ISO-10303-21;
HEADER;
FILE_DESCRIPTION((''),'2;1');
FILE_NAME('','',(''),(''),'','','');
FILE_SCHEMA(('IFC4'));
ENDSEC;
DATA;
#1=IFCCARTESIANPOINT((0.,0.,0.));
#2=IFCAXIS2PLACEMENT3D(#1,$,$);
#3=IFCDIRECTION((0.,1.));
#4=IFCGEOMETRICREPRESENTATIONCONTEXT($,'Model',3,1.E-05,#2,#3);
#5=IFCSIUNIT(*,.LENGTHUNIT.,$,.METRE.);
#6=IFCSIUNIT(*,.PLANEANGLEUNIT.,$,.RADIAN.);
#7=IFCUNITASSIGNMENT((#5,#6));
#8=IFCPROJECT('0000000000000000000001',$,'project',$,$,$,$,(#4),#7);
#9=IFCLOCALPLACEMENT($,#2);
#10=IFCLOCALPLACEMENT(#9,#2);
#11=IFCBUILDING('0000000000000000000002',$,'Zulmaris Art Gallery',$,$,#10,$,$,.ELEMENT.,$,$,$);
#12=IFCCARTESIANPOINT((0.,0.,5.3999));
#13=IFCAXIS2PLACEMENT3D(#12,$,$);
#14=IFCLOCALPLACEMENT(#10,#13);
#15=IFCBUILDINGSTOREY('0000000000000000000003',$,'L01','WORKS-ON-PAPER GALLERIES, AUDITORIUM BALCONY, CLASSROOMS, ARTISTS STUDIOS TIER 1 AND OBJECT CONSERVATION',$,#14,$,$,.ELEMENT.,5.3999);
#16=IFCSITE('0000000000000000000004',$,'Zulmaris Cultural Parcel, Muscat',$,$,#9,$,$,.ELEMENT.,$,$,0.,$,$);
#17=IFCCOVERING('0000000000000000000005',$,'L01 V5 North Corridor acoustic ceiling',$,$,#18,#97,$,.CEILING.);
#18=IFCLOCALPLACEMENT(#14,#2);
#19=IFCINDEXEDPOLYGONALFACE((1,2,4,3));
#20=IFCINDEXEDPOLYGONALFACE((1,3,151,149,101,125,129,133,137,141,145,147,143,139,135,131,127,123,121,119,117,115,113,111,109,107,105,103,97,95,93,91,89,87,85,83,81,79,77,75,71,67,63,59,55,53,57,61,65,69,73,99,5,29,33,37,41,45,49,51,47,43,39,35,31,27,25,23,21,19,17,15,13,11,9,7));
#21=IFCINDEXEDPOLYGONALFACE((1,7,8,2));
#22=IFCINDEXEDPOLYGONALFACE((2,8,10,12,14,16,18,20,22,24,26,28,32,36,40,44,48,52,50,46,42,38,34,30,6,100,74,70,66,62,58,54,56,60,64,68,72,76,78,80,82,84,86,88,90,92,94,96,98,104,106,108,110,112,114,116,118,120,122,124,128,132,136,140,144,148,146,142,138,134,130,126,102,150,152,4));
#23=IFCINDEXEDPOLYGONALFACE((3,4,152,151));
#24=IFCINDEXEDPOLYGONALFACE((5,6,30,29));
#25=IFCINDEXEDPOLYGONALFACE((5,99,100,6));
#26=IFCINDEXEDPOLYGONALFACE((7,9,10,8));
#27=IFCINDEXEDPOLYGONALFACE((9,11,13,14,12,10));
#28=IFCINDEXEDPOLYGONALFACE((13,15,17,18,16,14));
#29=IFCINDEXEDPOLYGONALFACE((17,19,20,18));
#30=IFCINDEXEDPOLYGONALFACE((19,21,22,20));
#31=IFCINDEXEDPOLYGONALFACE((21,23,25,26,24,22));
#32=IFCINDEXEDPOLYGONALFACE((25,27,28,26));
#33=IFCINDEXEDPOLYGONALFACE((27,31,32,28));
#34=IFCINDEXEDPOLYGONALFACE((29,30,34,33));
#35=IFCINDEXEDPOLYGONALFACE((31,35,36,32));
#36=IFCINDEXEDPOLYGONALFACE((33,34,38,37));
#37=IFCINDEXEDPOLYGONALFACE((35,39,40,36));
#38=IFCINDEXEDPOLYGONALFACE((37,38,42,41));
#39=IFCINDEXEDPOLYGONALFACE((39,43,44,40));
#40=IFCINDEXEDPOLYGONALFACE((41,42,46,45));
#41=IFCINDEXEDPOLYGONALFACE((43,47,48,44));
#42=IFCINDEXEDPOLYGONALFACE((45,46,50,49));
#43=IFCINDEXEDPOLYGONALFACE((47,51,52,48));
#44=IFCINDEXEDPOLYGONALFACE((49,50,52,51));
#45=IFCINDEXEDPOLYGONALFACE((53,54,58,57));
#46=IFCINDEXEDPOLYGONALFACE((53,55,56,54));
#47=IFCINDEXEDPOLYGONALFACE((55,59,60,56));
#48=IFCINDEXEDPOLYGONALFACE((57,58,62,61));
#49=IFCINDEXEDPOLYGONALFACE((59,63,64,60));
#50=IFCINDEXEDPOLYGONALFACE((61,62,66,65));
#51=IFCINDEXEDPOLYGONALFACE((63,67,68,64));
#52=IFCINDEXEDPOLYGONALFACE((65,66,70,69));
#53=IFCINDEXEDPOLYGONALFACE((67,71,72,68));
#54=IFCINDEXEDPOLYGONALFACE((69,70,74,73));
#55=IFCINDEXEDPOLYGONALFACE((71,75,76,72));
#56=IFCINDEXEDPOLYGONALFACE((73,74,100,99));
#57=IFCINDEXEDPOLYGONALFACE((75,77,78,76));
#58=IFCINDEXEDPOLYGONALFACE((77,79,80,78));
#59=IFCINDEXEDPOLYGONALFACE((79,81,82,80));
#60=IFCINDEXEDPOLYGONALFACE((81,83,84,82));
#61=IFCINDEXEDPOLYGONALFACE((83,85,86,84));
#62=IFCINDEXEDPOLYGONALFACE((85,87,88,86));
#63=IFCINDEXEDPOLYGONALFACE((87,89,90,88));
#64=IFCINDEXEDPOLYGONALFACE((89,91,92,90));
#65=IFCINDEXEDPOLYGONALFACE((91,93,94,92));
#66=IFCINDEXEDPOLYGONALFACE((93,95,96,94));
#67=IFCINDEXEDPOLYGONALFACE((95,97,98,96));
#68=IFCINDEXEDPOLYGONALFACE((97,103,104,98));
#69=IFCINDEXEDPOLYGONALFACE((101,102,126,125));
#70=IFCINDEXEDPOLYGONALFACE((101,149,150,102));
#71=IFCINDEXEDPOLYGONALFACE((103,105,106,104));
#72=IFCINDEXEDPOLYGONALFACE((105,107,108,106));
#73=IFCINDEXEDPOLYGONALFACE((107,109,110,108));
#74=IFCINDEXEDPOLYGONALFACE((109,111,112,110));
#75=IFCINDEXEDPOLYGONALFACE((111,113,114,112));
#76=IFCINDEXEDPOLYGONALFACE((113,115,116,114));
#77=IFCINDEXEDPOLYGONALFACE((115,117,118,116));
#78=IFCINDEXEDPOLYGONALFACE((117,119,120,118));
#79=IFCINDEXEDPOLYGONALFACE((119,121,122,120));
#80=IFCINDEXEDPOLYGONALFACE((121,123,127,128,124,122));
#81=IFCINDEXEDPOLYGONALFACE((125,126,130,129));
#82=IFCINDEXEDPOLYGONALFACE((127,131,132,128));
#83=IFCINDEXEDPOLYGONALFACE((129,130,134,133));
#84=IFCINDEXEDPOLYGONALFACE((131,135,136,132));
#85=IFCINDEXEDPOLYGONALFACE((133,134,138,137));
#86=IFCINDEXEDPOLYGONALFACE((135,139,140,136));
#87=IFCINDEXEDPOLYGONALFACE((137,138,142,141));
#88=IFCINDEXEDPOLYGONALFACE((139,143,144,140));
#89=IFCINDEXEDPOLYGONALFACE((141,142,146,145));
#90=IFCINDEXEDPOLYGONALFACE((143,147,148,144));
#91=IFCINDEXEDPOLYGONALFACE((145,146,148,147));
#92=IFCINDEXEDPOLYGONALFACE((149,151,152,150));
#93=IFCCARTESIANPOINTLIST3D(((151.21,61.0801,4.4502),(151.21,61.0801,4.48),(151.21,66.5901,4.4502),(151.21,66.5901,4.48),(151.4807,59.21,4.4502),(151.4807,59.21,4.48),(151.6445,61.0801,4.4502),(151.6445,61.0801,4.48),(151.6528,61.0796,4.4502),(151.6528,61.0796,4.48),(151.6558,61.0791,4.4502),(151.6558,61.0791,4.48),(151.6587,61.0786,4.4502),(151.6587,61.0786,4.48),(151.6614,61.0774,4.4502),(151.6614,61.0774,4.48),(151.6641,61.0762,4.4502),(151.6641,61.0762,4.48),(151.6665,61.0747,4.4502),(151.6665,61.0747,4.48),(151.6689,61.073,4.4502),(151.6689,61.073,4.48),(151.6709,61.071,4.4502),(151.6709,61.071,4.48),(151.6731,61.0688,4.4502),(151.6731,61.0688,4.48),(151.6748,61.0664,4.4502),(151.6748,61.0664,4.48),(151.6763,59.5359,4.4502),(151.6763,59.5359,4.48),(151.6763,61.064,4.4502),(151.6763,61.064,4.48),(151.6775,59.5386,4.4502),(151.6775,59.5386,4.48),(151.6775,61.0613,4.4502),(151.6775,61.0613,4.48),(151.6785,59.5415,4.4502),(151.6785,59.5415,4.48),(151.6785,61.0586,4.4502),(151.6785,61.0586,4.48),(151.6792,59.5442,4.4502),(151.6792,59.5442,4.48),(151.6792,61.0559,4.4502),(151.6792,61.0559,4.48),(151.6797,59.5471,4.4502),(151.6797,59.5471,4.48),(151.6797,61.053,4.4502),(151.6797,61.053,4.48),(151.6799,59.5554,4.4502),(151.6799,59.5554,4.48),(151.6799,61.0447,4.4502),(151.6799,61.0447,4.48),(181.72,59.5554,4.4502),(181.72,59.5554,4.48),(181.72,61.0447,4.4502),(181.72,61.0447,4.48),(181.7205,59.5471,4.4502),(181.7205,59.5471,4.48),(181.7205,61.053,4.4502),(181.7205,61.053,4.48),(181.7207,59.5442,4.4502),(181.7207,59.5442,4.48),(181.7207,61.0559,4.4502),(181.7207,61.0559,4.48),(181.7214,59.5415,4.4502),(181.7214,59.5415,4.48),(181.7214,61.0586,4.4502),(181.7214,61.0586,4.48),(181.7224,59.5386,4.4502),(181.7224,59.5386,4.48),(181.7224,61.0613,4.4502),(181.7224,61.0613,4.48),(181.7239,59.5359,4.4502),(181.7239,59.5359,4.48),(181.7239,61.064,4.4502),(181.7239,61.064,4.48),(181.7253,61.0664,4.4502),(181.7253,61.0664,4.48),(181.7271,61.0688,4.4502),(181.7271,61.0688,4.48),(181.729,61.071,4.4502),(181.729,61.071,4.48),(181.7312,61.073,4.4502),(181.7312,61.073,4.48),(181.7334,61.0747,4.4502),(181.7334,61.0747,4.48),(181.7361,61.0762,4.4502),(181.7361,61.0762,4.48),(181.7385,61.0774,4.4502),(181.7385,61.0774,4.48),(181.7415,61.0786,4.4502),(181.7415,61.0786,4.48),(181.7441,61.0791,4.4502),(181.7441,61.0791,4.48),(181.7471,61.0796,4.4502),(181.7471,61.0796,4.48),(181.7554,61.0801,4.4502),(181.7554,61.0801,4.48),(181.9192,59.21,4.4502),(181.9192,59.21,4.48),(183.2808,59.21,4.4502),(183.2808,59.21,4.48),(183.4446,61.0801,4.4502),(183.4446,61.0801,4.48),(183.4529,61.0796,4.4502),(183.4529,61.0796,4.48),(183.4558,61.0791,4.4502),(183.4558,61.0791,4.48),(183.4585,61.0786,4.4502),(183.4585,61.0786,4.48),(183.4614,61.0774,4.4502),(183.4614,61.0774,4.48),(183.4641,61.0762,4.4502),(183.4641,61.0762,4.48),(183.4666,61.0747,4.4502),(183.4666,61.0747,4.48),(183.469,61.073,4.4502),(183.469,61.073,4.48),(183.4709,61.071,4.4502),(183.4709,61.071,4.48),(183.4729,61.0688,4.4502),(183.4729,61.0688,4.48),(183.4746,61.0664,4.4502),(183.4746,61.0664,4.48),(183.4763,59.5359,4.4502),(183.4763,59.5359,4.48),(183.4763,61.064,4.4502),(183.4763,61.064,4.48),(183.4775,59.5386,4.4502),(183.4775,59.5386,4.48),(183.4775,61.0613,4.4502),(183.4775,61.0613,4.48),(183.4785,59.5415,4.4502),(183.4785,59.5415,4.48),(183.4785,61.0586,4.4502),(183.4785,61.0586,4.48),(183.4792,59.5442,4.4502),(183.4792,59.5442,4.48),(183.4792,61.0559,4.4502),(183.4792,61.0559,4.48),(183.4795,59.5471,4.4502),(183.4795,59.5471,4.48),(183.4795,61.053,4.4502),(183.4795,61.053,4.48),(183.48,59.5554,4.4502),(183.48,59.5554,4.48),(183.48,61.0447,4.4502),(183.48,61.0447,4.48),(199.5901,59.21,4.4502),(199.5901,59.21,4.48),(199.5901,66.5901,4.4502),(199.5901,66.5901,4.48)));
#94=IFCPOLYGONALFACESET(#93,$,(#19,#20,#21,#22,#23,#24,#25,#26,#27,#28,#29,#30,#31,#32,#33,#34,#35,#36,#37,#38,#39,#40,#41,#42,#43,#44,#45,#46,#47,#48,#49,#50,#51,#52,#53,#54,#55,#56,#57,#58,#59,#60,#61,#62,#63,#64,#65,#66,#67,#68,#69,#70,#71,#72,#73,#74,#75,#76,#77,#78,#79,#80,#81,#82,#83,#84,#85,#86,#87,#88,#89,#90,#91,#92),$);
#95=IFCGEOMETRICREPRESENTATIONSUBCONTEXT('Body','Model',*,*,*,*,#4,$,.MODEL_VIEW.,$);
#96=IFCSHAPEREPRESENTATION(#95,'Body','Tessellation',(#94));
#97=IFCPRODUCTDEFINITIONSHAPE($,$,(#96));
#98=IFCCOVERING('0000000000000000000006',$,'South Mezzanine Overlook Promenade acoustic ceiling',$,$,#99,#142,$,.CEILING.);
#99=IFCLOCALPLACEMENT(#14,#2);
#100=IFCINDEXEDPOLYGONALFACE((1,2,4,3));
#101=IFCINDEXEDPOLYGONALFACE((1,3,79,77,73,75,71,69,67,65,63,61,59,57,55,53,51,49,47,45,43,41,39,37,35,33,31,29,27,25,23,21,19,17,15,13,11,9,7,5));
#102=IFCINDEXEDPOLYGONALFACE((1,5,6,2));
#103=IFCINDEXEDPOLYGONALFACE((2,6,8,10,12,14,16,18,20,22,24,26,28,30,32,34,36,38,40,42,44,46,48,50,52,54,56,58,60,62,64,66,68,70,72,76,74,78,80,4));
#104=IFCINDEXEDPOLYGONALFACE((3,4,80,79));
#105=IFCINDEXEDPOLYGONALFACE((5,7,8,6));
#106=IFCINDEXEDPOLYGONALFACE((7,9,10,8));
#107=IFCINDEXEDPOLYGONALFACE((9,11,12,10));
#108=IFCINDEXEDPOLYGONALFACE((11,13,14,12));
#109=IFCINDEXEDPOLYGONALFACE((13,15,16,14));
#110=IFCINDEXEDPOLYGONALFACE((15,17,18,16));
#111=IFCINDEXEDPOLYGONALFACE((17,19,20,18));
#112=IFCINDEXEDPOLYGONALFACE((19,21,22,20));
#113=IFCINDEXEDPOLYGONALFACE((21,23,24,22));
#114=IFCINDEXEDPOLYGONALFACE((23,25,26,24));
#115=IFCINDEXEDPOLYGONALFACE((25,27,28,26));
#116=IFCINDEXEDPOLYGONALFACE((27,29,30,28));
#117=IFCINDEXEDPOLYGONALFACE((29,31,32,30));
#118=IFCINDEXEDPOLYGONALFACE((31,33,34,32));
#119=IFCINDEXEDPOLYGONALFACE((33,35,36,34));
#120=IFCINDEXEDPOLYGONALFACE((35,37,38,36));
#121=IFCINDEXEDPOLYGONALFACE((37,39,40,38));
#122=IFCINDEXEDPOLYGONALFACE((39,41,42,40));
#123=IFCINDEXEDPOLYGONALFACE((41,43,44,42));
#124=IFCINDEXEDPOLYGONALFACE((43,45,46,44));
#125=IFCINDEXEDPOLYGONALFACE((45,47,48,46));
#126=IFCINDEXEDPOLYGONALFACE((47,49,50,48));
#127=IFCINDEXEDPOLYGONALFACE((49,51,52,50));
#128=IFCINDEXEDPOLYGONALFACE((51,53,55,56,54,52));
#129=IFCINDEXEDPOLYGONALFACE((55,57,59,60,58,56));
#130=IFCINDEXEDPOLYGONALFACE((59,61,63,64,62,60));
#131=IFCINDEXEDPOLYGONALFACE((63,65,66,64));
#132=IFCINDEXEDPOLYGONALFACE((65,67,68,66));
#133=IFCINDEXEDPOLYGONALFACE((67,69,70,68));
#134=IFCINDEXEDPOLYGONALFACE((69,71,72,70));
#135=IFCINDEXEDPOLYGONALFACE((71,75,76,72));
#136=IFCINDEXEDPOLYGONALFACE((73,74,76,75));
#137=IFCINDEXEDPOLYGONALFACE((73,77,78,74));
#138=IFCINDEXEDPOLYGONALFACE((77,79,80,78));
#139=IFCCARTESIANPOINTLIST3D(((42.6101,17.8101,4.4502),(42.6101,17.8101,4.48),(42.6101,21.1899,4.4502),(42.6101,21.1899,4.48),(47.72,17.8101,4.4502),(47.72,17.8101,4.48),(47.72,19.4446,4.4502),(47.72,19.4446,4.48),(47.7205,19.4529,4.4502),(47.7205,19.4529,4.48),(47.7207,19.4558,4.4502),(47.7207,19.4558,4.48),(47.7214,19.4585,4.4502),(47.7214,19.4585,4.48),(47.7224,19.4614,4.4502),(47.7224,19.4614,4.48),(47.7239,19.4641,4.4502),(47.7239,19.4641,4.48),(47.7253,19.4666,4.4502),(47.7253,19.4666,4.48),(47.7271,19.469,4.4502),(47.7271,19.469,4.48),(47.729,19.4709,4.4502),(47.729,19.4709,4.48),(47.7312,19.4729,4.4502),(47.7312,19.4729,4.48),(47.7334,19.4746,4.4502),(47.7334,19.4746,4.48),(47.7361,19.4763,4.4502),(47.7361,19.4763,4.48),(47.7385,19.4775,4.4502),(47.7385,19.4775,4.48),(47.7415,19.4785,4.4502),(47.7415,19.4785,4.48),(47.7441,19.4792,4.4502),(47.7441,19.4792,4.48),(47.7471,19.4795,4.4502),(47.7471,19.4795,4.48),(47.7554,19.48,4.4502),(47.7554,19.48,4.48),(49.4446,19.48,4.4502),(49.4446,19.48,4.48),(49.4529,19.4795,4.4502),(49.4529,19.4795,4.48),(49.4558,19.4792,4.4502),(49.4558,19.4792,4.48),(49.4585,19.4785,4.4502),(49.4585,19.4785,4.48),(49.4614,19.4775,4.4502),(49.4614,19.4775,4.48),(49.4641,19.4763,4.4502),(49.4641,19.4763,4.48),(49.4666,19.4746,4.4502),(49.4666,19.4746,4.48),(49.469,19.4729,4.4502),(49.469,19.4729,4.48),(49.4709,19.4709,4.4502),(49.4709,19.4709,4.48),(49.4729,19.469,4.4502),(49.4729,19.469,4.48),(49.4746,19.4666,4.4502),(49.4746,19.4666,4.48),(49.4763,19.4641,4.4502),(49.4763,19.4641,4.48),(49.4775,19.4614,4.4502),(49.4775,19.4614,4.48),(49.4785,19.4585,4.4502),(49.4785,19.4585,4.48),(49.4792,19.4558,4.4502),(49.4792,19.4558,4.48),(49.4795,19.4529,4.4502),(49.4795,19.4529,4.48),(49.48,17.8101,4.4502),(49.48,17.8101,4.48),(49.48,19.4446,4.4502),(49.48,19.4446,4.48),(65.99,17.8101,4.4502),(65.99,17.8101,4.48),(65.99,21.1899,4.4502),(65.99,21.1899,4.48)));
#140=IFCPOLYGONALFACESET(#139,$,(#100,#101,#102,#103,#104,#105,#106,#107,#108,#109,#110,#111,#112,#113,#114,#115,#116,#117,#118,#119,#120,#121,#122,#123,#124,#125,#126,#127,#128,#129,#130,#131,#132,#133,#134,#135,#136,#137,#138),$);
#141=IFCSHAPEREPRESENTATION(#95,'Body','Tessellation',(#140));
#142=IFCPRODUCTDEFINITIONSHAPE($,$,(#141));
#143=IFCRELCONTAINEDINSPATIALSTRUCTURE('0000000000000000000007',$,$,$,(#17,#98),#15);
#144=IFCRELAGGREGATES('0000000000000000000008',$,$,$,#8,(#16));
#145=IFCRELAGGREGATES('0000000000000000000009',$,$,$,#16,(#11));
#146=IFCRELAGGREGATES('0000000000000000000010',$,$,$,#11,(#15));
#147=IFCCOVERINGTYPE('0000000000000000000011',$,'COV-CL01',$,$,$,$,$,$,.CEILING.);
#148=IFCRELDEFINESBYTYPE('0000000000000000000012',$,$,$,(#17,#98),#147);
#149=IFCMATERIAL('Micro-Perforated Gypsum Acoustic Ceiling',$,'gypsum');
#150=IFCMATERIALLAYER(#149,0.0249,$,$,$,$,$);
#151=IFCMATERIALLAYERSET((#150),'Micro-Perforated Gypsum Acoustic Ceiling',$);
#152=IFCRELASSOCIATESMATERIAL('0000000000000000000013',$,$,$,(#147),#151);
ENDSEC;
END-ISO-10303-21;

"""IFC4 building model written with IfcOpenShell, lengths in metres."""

from ifc_helpers import new_model, si_unit, direction, frame, origin, place, context, subcontext, project, spatial, polyline, outline, extrude, material, layer, layer_set, type_object, element, save


model = new_model("IFC4")

# Units and contexts
model_context = context("Model", 3, precision=1e-05, world=origin(), true_north=direction((0.0, 1.0)))
body_context = subcontext(model_context, "Body", "Model", "MODEL_VIEW")
ifc_project = project(units=[si_unit("LENGTHUNIT", "METRE"), si_unit("PLANEANGLEUNIT", "RADIAN")], contexts=[model_context])

# Site, building, storey
site_placement = place(None, origin())
site = spatial("IfcSite", under=ifc_project, at=site_placement, Name="Zulmaris Cultural Parcel, Muscat", CompositionType="ELEMENT", RefElevation=0.0)
building_placement = place(site_placement, origin())
building = spatial("IfcBuilding", under=site, at=building_placement, Name="Zulmaris Art Gallery", CompositionType="ELEMENT")
storey_placement = place(building_placement, frame((0.0, 0.0, 5.3999)))
storey = spatial("IfcBuildingStorey", under=building, at=storey_placement, Name="L01", Description="WORKS-ON-PAPER GALLERIES, AUDITORIUM BALCONY, CLASSROOMS, ARTISTS STUDIOS TIER 1 AND OBJECT CONSERVATION", CompositionType="ELEMENT", Elevation=5.3999)

# Coverings
ifc_material_1 = material(Name="Micro-Perforated Gypsum Acoustic Ceiling", Category="gypsum")
ifc_layer_1 = layer(ifc_material_1, 0.0249)
ifc_layer_set_1 = layer_set([ifc_layer_1], Name="Micro-Perforated Gypsum Acoustic Ceiling")
covering_type_1 = type_object("IfcCoveringType", Name="COV-CL01", PredefinedType="CEILING", material=ifc_layer_set_1)
covering_1_placement = place(storey_placement, frame((0.0, 0.0, 4.4502)))
element("IfcCovering", 1, at=covering_1_placement, inside=storey, type_object=covering_type_1, Name="L01 V5 North Corridor acoustic ceiling", PredefinedType="CEILING", context=body_context, shape_type="SweptSolid", body=[
    extrude(outline(polyline([(151.6785, 59.5415), (151.6792, 59.5442), (151.6797, 59.5471), (151.6799, 59.5554), (151.6799, 61.0447), (151.6797, 61.053), (151.6792, 61.0559), (151.6785, 61.0586), (151.6775, 61.0613), (151.6763, 61.064), (151.6748, 61.0664), (151.6731, 61.0688), (151.6709, 61.071), (151.6689, 61.073), (151.6665, 61.0747), (151.6641, 61.0762), (151.6614, 61.0774), (151.6587, 61.0786), (151.6558, 61.0791), (151.6528, 61.0796), (151.6445, 61.0801), (151.21, 61.0801), (151.21, 66.5901), (199.5901, 66.5901), (199.5901, 59.21), (183.2808, 59.21), (183.4763, 59.5359), (183.4775, 59.5386), (183.4785, 59.5415), (183.4792, 59.5442), (183.4795, 59.5471), (183.48, 59.5554), (183.48, 61.0447), (183.4795, 61.053), (183.4792, 61.0559), (183.4785, 61.0586), (183.4775, 61.0613), (183.4763, 61.064), (183.4746, 61.0664), (183.4729, 61.0688), (183.4709, 61.071), (183.469, 61.073), (183.4666, 61.0747), (183.4641, 61.0762), (183.4614, 61.0774), (183.4585, 61.0786), (183.4558, 61.0791), (183.4529, 61.0796), (183.4446, 61.0801), (181.7554, 61.0801), (181.7471, 61.0796), (181.7441, 61.0791), (181.7415, 61.0786), (181.7385, 61.0774), (181.7361, 61.0762), (181.7334, 61.0747), (181.7312, 61.073), (181.729, 61.071), (181.7271, 61.0688), (181.7253, 61.0664), (181.7239, 61.064), (181.7224, 61.0613), (181.7214, 61.0586), (181.7207, 61.0559), (181.7205, 61.053), (181.72, 61.0447), (181.72, 59.5554), (181.7205, 59.5471), (181.7207, 59.5442), (181.7214, 59.5415), (181.7224, 59.5386), (181.7239, 59.5359), (181.9192, 59.21), (151.4807, 59.21), (151.6763, 59.5359), (151.6775, 59.5386), (151.6785, 59.5415)])), origin(), (0.0, 0.0, 1.0), 0.0298),
])
covering_2_placement = place(storey_placement, frame((0.0, 0.0, 4.4502)))
element("IfcCovering", 2, at=covering_2_placement, inside=storey, type_object=covering_type_1, Name="South Mezzanine Overlook Promenade acoustic ceiling", PredefinedType="CEILING", context=body_context, shape_type="SweptSolid", body=[
    extrude(outline(polyline([(49.4792, 19.4558), (49.4785, 19.4585), (49.4775, 19.4614), (49.4763, 19.4641), (49.4746, 19.4666), (49.4729, 19.469), (49.4709, 19.4709), (49.469, 19.4729), (49.4666, 19.4746), (49.4641, 19.4763), (49.4614, 19.4775), (49.4585, 19.4785), (49.4558, 19.4792), (49.4529, 19.4795), (49.4446, 19.48), (47.7554, 19.48), (47.7471, 19.4795), (47.7441, 19.4792), (47.7415, 19.4785), (47.7385, 19.4775), (47.7361, 19.4763), (47.7334, 19.4746), (47.7312, 19.4729), (47.729, 19.4709), (47.7271, 19.469), (47.7253, 19.4666), (47.7239, 19.4641), (47.7224, 19.4614), (47.7214, 19.4585), (47.7207, 19.4558), (47.7205, 19.4529), (47.72, 19.4446), (47.72, 17.8101), (42.6101, 17.8101), (42.6101, 21.1899), (65.99, 21.1899), (65.99, 17.8101), (49.48, 17.8101), (49.48, 19.4446), (49.4795, 19.4529), (49.4792, 19.4558)])), origin(), (0.0, 0.0, 1.0), 0.0298),
])

save(model, "model.ifc")
